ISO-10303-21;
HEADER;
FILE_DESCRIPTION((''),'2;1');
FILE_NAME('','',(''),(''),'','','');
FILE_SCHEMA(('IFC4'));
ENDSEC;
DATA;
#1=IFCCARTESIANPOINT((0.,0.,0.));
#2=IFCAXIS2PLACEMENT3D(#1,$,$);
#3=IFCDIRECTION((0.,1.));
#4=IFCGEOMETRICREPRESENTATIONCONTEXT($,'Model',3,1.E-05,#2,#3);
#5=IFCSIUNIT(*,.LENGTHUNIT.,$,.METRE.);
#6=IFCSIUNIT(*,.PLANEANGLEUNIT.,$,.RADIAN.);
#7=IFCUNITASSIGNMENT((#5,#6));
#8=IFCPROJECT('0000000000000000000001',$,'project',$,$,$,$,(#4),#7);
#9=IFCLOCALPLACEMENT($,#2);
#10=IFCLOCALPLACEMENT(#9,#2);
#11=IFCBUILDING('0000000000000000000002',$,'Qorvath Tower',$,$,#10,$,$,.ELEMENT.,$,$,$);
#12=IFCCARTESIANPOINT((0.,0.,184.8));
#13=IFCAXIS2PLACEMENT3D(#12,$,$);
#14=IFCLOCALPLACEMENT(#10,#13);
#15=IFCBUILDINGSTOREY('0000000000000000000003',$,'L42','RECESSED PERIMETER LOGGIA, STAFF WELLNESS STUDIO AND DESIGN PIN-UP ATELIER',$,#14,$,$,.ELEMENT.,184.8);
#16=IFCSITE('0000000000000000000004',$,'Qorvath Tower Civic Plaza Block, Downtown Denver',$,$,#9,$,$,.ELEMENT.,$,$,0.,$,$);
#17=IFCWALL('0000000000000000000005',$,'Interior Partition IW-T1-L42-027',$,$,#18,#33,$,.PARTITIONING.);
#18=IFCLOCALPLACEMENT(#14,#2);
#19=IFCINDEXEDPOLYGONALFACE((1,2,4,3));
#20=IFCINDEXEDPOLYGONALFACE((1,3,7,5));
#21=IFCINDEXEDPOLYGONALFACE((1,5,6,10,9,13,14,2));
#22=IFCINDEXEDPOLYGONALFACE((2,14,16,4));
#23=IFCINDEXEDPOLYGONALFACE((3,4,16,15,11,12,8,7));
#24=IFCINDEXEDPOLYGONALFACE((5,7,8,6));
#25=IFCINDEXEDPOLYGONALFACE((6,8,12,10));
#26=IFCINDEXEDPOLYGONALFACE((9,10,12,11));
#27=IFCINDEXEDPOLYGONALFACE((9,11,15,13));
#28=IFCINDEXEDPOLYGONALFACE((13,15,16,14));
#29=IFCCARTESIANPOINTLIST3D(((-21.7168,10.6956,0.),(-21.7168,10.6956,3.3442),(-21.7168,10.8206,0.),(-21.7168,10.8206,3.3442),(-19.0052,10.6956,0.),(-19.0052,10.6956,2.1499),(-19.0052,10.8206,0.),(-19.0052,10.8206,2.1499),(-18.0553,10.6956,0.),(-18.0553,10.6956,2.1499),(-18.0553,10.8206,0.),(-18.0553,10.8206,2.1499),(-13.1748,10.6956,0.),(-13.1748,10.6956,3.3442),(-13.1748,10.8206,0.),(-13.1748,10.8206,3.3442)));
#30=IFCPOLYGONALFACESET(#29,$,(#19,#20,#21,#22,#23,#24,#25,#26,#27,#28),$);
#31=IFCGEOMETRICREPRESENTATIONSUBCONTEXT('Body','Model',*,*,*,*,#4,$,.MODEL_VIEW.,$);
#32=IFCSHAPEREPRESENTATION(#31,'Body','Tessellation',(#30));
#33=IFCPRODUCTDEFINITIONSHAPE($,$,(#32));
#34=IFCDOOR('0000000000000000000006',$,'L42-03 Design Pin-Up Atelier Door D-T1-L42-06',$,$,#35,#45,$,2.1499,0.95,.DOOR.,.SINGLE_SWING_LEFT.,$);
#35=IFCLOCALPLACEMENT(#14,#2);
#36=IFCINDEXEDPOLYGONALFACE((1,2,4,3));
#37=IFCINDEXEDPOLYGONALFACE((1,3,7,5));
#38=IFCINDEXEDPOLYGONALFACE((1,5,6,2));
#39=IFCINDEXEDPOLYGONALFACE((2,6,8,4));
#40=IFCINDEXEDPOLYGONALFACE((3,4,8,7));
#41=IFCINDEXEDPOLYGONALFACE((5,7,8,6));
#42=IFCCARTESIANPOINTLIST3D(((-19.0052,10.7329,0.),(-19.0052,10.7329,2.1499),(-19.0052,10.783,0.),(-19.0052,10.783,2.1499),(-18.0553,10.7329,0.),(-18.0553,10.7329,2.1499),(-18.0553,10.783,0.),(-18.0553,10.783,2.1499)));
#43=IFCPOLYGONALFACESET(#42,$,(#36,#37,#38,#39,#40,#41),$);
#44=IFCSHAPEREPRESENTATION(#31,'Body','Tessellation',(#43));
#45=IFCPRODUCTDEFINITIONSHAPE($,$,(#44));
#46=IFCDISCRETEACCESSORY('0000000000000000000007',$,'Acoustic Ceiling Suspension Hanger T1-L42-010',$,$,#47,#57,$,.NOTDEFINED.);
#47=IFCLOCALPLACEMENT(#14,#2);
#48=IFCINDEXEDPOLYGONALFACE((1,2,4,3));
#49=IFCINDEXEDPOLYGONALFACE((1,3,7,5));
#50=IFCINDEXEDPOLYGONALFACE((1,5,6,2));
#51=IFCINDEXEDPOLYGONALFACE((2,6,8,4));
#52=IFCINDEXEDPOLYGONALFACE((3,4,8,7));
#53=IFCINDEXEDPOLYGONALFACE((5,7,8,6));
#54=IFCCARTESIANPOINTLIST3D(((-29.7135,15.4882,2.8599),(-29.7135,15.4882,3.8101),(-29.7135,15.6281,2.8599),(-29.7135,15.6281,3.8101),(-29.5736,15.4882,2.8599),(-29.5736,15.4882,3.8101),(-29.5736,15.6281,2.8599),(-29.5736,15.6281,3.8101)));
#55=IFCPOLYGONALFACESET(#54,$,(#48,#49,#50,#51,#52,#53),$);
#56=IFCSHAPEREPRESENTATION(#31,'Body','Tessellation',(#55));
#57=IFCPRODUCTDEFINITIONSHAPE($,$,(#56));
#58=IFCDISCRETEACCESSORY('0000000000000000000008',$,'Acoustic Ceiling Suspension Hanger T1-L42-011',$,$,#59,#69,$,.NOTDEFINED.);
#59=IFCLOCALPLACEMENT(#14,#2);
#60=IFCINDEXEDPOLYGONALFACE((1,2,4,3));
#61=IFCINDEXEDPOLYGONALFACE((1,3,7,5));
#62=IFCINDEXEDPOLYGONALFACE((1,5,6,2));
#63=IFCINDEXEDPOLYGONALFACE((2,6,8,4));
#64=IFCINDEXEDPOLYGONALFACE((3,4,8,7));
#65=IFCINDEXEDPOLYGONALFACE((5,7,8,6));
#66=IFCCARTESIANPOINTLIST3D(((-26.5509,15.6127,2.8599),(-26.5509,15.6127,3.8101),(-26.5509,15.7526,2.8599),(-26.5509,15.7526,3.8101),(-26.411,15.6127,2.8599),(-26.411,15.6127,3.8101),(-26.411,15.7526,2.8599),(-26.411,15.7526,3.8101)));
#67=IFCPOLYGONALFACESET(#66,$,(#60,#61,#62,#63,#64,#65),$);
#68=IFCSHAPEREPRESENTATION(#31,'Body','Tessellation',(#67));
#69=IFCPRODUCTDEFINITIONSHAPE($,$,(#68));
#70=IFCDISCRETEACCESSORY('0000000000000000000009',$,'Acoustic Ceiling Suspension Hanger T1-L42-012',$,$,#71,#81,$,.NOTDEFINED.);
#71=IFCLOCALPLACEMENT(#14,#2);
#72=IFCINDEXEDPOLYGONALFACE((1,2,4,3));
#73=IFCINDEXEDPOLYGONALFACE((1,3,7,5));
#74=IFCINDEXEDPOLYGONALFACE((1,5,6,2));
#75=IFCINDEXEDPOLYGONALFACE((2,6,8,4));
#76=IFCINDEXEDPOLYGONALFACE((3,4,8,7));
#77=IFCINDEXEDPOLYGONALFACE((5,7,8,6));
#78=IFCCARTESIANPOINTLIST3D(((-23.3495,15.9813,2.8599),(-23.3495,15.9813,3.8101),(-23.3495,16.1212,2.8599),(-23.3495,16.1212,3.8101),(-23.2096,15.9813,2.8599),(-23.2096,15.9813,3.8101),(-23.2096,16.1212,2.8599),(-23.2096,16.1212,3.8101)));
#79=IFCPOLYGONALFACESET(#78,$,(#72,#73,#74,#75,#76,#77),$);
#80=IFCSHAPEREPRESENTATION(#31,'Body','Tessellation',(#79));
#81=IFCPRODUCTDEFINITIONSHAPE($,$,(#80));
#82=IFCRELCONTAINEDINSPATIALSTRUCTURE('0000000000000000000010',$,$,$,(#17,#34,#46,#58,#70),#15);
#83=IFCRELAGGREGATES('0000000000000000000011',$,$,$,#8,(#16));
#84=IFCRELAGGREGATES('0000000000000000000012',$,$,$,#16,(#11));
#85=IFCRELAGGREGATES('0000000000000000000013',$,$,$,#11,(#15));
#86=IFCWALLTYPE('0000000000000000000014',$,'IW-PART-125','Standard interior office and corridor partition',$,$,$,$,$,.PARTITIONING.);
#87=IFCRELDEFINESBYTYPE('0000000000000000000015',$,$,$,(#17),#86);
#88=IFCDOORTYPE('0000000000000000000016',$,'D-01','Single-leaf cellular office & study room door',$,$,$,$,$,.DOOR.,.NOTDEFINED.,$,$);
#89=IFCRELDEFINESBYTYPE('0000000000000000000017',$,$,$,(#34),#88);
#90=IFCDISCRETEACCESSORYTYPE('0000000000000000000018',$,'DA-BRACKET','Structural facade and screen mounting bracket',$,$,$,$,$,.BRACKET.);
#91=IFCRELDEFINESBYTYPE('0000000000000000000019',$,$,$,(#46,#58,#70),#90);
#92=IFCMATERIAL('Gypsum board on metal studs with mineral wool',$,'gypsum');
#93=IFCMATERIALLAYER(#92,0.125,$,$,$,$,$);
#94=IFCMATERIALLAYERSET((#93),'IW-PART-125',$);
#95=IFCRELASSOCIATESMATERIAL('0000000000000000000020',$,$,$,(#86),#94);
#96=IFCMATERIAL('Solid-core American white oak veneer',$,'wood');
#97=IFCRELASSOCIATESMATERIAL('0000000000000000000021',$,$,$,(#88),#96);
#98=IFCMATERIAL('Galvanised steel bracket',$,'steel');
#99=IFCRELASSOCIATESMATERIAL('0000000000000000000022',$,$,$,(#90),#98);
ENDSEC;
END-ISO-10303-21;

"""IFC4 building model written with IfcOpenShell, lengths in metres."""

from ifc_helpers import new_model, si_unit, direction, frame, frame_2d, origin, origin_2d, place, context, subcontext, project, spatial, rectangle, extrude, material, layer, layer_set, type_object, element, fill, save


model = new_model("IFC4")

# Units and contexts
model_context = context("Model", 3, precision=1e-05, world=origin(), true_north=direction((0.0, 1.0)))
body_context = subcontext(model_context, "Body", "Model", "MODEL_VIEW")
ifc_project = project(units=[si_unit("LENGTHUNIT", "METRE"), si_unit("PLANEANGLEUNIT", "RADIAN")], contexts=[model_context])

# Site, building, storey
site_placement = place(None, origin())
site = spatial("IfcSite", under=ifc_project, at=site_placement, Name="Qorvath Tower Civic Plaza Block, Downtown Denver", CompositionType="ELEMENT", RefElevation=0.0)
building_placement = place(site_placement, origin())
building = spatial("IfcBuilding", under=site, at=building_placement, Name="Qorvath Tower", CompositionType="ELEMENT")
storey_placement = place(building_placement, frame((0.0, 0.0, 184.8)))
storey = spatial("IfcBuildingStorey", under=building, at=storey_placement, Name="L42", Description="RECESSED PERIMETER LOGGIA, STAFF WELLNESS STUDIO AND DESIGN PIN-UP ATELIER", CompositionType="ELEMENT", Elevation=184.8)

# Shared definitions
ifc_material_1 = material(Name="Gypsum board on metal studs with mineral wool", Category="gypsum")
ifc_layer_1 = layer(ifc_material_1, 0.125)
ifc_layer_set_1 = layer_set([ifc_layer_1], Name="IW-PART-125")
wall_type = type_object("IfcWallType", Name="IW-PART-125", Description="Standard interior office and corridor partition", PredefinedType="PARTITIONING", material=ifc_layer_set_1)

# Shared definitions
ifc_material_2 = material(Name="Solid-core American white oak veneer", Category="wood")
door_type = type_object("IfcDoorType", Name="D-01", Description="Single-leaf cellular office & study room door", OperationType="NOTDEFINED", PredefinedType="DOOR", material=ifc_material_2)

# Wall, opening, door
wall_1_placement = place(storey_placement, frame((-21.7168, 10.7581, 0.0), z_axis=(0.0, 0.0, 1.0), x_axis=(1.0, 0.0, 0.0)))
wall_1 = element("IfcWall", 1, at=wall_1_placement, inside=storey, type_object=wall_type, Name="Interior Partition IW-T1-L42-027", PredefinedType="PARTITIONING", context=body_context, shape_type="SweptSolid", body=[
    extrude(rectangle(XDim=8.542, YDim=0.125, at=frame_2d((4.271, 0.0))), origin(), (0.0, 0.0, 1.0), 3.3442),
])
opening_1_placement = place(wall_1_placement, frame((2.7114, 0.0, 0.0)))
opening_1 = element("IfcOpeningElement", 2, at=opening_1_placement, cuts=wall_1, PredefinedType="OPENING", context=body_context, shape_type="SweptSolid", body=[
    extrude(rectangle(XDim=0.95, YDim=2.1499, at=frame_2d((0.4751, 1.075))), frame((0.0, 0.0725, 0.0), z_axis=(0.0, -1.0, 0.0), x_axis=(1.0, 0.0, 0.0)), (0.0, 0.0, 1.0), 0.145),
])
door_1_placement = place(opening_1_placement, origin())
door_1 = element("IfcDoor", 3, at=door_1_placement, inside=storey, type_object=door_type, Name="L42-03 Design Pin-Up Atelier Door D-T1-L42-06", OperationType="SINGLE_SWING_LEFT", OverallHeight=2.1499, OverallWidth=0.95, PredefinedType="DOOR", context=body_context, shape_type="SweptSolid", body=[
    extrude(rectangle(XDim=0.95, YDim=2.1499, at=frame_2d((0.4751, 1.075))), frame((0.0, 0.0249, 0.0), z_axis=(0.0, -1.0, 0.0), x_axis=(1.0, 0.0, 0.0)), (0.0, 0.0, 1.0), 0.05),
])
fill(opening_1, door_1)

# Discrete accessories
ifc_material_3 = material(Name="Galvanised steel bracket", Category="steel")
discrete_accessory_type = type_object("IfcDiscreteAccessoryType", Name="DA-BRACKET", Description="Structural facade and screen mounting bracket", PredefinedType="BRACKET", material=ifc_material_3)
for number, where, z_axis, x_axis, name in (
    (4, (-29.6436, 15.5581, 2.8599), (0.0, 0.0, 1.0), (1.0, 0.0, 0.0), "Acoustic Ceiling Suspension Hanger T1-L42-010"),
    (5, (-26.481, 15.6826, 2.8599), (0.0, 0.0, 1.0), (1.0, 0.0, 0.0), "Acoustic Ceiling Suspension Hanger T1-L42-011"),
    (6, (-23.2795, 16.0513, 2.8599), (0.0, 0.0, 1.0), (1.0, 0.0, 0.0), "Acoustic Ceiling Suspension Hanger T1-L42-012"),
):
    element("IfcDiscreteAccessory", number, at=place(storey_placement, frame(where, z_axis=z_axis, x_axis=x_axis)), inside=storey, type_object=discrete_accessory_type, Name=name, PredefinedType="NOTDEFINED", context=body_context, shape_type="SweptSolid", body=[
        extrude(rectangle(XDim=0.1399, YDim=0.1399, at=origin_2d()), origin(), (0.0, 0.0, 1.0), 0.9502),
    ])

save(model, "model.ifc")
